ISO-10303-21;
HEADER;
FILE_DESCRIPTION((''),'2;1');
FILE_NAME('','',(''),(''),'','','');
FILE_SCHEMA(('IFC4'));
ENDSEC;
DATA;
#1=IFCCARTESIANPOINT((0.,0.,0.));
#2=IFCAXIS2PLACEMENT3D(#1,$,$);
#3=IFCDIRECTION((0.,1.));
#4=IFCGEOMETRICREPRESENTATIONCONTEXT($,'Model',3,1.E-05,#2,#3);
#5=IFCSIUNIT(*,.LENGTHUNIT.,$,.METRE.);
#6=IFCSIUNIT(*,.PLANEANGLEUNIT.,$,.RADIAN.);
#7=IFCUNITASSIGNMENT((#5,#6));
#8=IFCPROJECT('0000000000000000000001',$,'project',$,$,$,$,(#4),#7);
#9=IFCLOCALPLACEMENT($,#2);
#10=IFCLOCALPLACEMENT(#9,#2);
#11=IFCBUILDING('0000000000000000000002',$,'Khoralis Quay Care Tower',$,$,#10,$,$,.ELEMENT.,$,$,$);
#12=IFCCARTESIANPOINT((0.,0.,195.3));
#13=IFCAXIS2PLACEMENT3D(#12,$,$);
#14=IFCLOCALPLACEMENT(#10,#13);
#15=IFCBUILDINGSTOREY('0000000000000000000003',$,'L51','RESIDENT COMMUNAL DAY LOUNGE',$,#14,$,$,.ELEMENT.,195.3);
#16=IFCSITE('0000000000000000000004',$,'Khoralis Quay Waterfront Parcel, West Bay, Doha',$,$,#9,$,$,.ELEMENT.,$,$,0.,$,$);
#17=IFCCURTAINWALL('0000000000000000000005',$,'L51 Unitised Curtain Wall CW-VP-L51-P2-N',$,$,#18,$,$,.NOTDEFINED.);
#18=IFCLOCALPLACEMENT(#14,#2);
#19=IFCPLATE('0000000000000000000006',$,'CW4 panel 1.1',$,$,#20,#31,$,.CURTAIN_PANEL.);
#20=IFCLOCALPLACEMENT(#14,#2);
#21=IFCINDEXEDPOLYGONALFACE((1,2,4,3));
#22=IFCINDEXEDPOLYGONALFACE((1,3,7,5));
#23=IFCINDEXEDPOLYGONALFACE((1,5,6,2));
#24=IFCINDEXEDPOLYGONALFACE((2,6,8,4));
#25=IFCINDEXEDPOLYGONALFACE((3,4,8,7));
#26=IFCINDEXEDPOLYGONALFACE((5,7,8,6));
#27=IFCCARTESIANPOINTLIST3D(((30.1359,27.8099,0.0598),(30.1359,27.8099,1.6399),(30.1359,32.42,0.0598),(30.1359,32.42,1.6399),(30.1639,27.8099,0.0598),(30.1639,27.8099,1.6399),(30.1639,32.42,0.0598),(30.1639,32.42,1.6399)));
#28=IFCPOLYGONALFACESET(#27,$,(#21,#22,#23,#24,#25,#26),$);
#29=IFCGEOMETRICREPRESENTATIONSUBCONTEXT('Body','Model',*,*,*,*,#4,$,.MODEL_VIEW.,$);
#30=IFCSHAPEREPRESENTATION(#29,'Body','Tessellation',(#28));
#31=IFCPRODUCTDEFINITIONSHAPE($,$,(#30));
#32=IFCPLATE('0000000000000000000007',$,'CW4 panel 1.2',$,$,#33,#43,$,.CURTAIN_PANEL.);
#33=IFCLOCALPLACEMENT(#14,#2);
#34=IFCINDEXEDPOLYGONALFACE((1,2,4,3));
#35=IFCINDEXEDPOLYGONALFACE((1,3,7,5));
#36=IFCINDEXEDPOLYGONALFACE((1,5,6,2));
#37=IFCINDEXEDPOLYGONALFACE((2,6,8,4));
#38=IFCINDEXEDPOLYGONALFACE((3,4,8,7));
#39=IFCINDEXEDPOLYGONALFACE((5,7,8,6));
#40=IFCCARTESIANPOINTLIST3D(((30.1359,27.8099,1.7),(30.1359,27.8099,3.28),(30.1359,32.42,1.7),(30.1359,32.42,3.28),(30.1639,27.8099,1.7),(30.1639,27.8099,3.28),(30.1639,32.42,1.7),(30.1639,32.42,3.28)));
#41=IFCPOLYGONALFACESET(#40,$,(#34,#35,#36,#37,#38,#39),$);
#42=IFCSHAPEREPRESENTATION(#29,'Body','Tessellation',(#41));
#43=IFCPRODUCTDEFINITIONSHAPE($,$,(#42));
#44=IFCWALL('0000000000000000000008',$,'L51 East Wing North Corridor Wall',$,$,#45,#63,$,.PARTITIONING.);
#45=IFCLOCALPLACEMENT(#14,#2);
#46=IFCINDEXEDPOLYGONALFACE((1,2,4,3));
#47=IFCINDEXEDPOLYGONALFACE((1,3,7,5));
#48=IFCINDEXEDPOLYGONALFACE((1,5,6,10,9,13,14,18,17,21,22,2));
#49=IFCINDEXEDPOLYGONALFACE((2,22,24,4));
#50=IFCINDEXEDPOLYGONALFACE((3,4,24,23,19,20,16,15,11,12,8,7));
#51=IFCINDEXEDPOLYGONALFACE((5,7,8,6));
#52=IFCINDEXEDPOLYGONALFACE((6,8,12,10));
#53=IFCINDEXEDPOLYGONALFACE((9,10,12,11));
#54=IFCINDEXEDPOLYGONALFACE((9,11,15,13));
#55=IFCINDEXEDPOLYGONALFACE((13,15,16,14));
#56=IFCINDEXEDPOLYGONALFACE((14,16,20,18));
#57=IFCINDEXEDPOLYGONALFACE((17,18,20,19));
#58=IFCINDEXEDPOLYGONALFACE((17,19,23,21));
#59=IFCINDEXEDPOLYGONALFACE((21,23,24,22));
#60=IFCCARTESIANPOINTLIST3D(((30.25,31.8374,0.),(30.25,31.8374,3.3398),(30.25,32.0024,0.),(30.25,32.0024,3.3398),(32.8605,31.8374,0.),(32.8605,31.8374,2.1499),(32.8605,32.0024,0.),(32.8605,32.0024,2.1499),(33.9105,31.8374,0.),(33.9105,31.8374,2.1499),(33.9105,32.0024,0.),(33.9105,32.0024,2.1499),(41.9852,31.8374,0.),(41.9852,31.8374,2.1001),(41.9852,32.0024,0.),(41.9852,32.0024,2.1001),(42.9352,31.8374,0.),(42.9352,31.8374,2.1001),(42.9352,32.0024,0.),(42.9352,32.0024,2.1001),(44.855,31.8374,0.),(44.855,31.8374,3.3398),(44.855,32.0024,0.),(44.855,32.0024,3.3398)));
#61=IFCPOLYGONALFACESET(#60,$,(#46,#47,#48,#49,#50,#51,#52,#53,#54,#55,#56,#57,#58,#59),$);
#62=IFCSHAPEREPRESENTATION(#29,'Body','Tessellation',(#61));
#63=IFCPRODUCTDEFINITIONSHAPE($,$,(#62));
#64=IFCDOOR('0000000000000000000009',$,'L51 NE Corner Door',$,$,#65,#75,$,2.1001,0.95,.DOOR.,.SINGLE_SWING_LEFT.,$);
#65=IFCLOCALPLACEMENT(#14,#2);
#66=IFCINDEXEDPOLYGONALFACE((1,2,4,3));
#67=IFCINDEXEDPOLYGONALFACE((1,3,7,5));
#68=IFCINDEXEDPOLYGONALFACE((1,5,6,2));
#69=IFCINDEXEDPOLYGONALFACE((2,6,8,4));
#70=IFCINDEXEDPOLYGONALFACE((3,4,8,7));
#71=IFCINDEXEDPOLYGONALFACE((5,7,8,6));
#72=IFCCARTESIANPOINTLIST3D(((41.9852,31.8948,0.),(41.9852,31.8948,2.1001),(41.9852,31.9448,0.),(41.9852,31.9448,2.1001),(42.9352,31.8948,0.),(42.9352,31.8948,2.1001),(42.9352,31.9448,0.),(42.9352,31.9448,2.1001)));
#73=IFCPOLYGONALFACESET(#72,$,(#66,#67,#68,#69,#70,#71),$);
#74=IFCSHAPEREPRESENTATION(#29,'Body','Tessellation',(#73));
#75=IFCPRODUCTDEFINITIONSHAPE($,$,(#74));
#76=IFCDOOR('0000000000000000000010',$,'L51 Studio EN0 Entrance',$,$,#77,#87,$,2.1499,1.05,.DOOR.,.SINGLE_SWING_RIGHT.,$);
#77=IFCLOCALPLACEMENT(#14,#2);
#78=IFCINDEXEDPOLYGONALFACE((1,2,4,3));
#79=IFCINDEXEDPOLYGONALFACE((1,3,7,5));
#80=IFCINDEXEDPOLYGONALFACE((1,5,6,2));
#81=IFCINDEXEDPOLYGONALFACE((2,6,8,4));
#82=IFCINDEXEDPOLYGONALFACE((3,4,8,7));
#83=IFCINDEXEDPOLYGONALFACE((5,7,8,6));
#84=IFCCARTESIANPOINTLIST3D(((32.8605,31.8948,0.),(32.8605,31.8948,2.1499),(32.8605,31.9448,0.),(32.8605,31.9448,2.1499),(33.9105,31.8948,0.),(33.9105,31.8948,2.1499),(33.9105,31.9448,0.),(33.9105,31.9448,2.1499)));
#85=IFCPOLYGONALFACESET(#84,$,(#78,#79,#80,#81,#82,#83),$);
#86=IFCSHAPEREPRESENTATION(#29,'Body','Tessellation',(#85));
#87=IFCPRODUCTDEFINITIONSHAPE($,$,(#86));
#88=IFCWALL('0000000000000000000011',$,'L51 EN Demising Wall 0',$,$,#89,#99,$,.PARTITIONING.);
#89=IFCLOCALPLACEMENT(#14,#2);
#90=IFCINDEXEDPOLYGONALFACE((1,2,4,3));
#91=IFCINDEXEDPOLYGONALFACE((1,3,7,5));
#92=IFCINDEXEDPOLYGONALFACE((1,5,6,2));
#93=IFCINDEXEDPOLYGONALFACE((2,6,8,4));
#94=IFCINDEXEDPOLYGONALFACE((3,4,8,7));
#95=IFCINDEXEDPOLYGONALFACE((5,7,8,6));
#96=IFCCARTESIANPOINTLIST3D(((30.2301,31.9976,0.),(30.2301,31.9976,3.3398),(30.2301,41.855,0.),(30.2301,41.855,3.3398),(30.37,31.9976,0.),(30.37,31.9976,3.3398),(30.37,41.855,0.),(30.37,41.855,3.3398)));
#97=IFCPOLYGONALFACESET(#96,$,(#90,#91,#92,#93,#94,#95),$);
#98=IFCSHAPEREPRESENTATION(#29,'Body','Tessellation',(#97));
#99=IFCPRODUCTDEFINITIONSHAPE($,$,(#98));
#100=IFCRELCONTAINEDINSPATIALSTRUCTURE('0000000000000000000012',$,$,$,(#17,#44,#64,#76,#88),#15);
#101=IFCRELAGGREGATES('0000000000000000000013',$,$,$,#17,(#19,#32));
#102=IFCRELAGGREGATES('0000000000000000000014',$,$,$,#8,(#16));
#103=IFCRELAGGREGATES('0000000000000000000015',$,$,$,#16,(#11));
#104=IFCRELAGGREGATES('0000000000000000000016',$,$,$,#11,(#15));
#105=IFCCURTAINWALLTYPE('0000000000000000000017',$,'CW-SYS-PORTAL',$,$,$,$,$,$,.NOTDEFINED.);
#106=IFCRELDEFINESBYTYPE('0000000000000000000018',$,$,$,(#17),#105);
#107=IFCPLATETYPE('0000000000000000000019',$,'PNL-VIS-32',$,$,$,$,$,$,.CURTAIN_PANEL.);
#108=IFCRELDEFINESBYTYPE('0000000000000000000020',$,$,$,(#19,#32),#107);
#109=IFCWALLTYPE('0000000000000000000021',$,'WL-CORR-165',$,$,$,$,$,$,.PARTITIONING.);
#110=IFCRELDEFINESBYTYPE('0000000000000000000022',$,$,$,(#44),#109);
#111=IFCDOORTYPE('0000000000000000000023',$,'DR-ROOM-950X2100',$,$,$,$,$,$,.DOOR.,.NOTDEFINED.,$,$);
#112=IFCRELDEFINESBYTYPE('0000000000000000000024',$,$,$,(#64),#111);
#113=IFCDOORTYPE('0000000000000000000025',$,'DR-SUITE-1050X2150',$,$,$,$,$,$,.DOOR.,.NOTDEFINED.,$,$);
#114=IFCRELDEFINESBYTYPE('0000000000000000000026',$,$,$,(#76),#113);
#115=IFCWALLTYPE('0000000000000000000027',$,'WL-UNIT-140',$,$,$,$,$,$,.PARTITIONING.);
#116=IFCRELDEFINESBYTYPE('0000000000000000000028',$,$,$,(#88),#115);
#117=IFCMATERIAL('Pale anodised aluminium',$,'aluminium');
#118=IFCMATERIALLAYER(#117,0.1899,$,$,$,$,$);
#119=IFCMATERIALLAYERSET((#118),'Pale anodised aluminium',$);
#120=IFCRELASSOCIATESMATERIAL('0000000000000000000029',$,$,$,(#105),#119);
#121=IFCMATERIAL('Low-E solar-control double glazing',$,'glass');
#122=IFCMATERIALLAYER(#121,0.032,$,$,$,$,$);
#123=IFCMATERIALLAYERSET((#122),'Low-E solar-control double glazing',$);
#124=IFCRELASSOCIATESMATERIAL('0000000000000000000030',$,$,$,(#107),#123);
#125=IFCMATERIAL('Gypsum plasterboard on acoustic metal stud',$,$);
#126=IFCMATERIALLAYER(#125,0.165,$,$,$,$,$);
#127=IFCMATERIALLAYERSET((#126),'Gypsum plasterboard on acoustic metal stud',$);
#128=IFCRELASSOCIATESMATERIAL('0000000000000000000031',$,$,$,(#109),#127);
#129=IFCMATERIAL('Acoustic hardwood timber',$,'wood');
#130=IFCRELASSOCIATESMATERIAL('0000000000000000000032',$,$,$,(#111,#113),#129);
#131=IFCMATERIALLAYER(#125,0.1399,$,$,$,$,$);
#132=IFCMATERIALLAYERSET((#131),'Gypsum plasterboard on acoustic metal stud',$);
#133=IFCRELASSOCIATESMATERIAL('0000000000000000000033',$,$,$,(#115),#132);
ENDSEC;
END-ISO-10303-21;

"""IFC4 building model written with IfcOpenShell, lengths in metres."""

from ifc_helpers import new_model, si_unit, direction, frame, frame_2d, origin, origin_2d, place, context, subcontext, project, spatial, rectangle, extrude, source, transform, mapped, material, layer, layer_set, type_object, element, fill, aggregate, save


model = new_model("IFC4")

# Units and contexts
model_context = context("Model", 3, precision=1e-05, world=origin(), true_north=direction((0.0, 1.0)))
body_context = subcontext(model_context, "Body", "Model", "MODEL_VIEW")
ifc_project = project(units=[si_unit("LENGTHUNIT", "METRE"), si_unit("PLANEANGLEUNIT", "RADIAN")], contexts=[model_context])

# Site, building, storey
site_placement = place(None, origin())
site = spatial("IfcSite", under=ifc_project, at=site_placement, Name="Khoralis Quay Waterfront Parcel, West Bay, Doha", CompositionType="ELEMENT", RefElevation=0.0)
building_placement = place(site_placement, origin())
building = spatial("IfcBuilding", under=site, at=building_placement, Name="Khoralis Quay Care Tower", CompositionType="ELEMENT")
storey_placement = place(building_placement, frame((0.0, 0.0, 195.3)))
storey = spatial("IfcBuildingStorey", under=building, at=storey_placement, Name="L51", Description="RESIDENT COMMUNAL DAY LOUNGE", CompositionType="ELEMENT", Elevation=195.3)

# Shared definitions
ifc_material_1 = material(Name="Pale anodised aluminium", Category="aluminium")
ifc_layer_1 = layer(ifc_material_1, 0.1899)
ifc_layer_set_1 = layer_set([ifc_layer_1], Name="Pale anodised aluminium")
curtain_wall_type = type_object("IfcCurtainWallType", Name="CW-SYS-PORTAL", PredefinedType="NOTDEFINED", material=ifc_layer_set_1)

# Curtain wall
curtain_wall_1_placement = place(storey_placement, origin())
curtain_wall_1 = element("IfcCurtainWall", 1, at=curtain_wall_1_placement, inside=storey, type_object=curtain_wall_type, Name="L51 Unitised Curtain Wall CW-VP-L51-P2-N", PredefinedType="NOTDEFINED")

# Plates
ifc_material_2 = material(Name="Low-E solar-control double glazing", Category="glass")
ifc_layer_2 = layer(ifc_material_2, 0.032)
ifc_layer_set_2 = layer_set([ifc_layer_2], Name="Low-E solar-control double glazing")
plate_type = type_object("IfcPlateType", Name="PNL-VIS-32", PredefinedType="CURTAIN_PANEL", material=ifc_layer_set_2)
shared_shape_1 = source(origin(), body_context, "Body", "SweptSolid", [
    extrude(rectangle(XDim=4.6101, YDim=0.0281, at=origin_2d()), origin(), (0.0, 0.0, 1.0), 1.5801),
])
plate_1_placement = place(storey_placement, frame((30.1499, 30.115, 0.0598), z_axis=(0.0, 0.0, 1.0), x_axis=(0.0, 1.0, 0.0)))
plate_1 = element("IfcPlate", 2, at=plate_1_placement, type_object=plate_type, Name="CW4 panel 1.1", PredefinedType="CURTAIN_PANEL", context=body_context, shape_type="MappedRepresentation", body=[
    mapped(shared_shape_1, transform((0.0, 0.0, 0.0), scale=1.0)),
])
plate_2_placement = place(storey_placement, frame((30.1499, 30.115, 1.7), z_axis=(0.0, 0.0, 1.0), x_axis=(0.0, 1.0, 0.0)))
plate_2 = element("IfcPlate", 3, at=plate_2_placement, type_object=plate_type, Name="CW4 panel 1.2", PredefinedType="CURTAIN_PANEL", context=body_context, shape_type="MappedRepresentation", body=[
    mapped(shared_shape_1, transform((0.0, 0.0, 0.0), scale=1.0)),
])
aggregate(curtain_wall_1, [plate_1, plate_2])

# Wall, openings, doors
ifc_material_3 = material(Name="Gypsum plasterboard on acoustic metal stud")
ifc_layer_3 = layer(ifc_material_3, 0.165)
ifc_layer_set_3 = layer_set([ifc_layer_3], Name="Gypsum plasterboard on acoustic metal stud")
wall_type_1 = type_object("IfcWallType", Name="WL-CORR-165", PredefinedType="PARTITIONING", material=ifc_layer_set_3)
wall_1_placement = place(storey_placement, frame((30.25, 31.9199, 0.0), z_axis=(0.0, 0.0, 1.0), x_axis=(1.0, 0.0, 0.0)))
wall_1 = element("IfcWall", 4, at=wall_1_placement, inside=storey, type_object=wall_type_1, Name="L51 East Wing North Corridor Wall", PredefinedType="PARTITIONING", context=body_context, shape_type="SweptSolid", body=[
    extrude(rectangle(XDim=14.605, YDim=0.165, at=frame_2d((7.3025, 0.0))), origin(), (0.0, 0.0, 1.0), 3.3398),
])
opening_1_placement = place(wall_1_placement, frame((2.6106, 0.0, 0.0)))
opening_1 = element("IfcOpeningElement", 5, at=opening_1_placement, cuts=wall_1, PredefinedType="OPENING", context=body_context, shape_type="SweptSolid", body=[
    extrude(rectangle(XDim=1.05, YDim=2.1499, at=frame_2d((0.5249, 1.075))), frame((0.0, 0.0925, 0.0), z_axis=(0.0, -1.0, 0.0), x_axis=(1.0, 0.0, 0.0)), (0.0, 0.0, 1.0), 0.1851),
])
opening_2_placement = place(wall_1_placement, frame((11.7351, 0.0, 0.0)))
opening_2 = element("IfcOpeningElement", 6, at=opening_2_placement, cuts=wall_1, PredefinedType="OPENING", context=body_context, shape_type="SweptSolid", body=[
    extrude(rectangle(XDim=0.95, YDim=2.1001, at=frame_2d((0.4751, 1.05))), frame((0.0, 0.0925, 0.0), z_axis=(0.0, -1.0, 0.0), x_axis=(1.0, 0.0, 0.0)), (0.0, 0.0, 1.0), 0.1851),
])
ifc_material_4 = material(Name="Acoustic hardwood timber", Category="wood")
door_type_1 = type_object("IfcDoorType", Name="DR-ROOM-950X2100", OperationType="NOTDEFINED", PredefinedType="DOOR", material=ifc_material_4)
shared_shape_2 = source(origin(), body_context, "Body", "SweptSolid", [
    extrude(rectangle(XDim=0.95, YDim=2.1001, at=frame_2d((0.4751, 1.05))), frame((0.0, 0.0249, 0.0), z_axis=(0.0, -1.0, 0.0), x_axis=(1.0, 0.0, 0.0)), (0.0, 0.0, 1.0), 0.05),
])
door_1_placement = place(opening_2_placement, origin())
door_1 = element("IfcDoor", 7, at=door_1_placement, inside=storey, type_object=door_type_1, Name="L51 NE Corner Door", OperationType="SINGLE_SWING_LEFT", OverallHeight=2.1001, OverallWidth=0.95, PredefinedType="DOOR", context=body_context, shape_type="MappedRepresentation", body=[
    mapped(shared_shape_2, transform((0.0, 0.0, 0.0), scale=1.0)),
])
fill(opening_2, door_1)
door_type_2 = type_object("IfcDoorType", Name="DR-SUITE-1050X2150", OperationType="NOTDEFINED", PredefinedType="DOOR", material=ifc_material_4)
shared_shape_3 = source(origin(), body_context, "Body", "SweptSolid", [
    extrude(rectangle(XDim=1.05, YDim=2.1499, at=frame_2d((0.5249, 1.075))), frame((0.0, 0.0249, 0.0), z_axis=(0.0, -1.0, 0.0), x_axis=(1.0, 0.0, 0.0)), (0.0, 0.0, 1.0), 0.05),
])
door_2_placement = place(opening_1_placement, origin())
door_2 = element("IfcDoor", 8, at=door_2_placement, inside=storey, type_object=door_type_2, Name="L51 Studio EN0 Entrance", OperationType="SINGLE_SWING_RIGHT", OverallHeight=2.1499, OverallWidth=1.05, PredefinedType="DOOR", context=body_context, shape_type="MappedRepresentation", body=[
    mapped(shared_shape_3, transform((0.0, 0.0, 0.0), scale=1.0)),
])
fill(opening_1, door_2)

# Wall
ifc_layer_4 = layer(ifc_material_3, 0.1399)
ifc_layer_set_4 = layer_set([ifc_layer_4], Name="Gypsum plasterboard on acoustic metal stud")
wall_type_2 = type_object("IfcWallType", Name="WL-UNIT-140", PredefinedType="PARTITIONING", material=ifc_layer_set_4)
wall_2_placement = place(storey_placement, frame((30.3, 31.9976, 0.0), z_axis=(0.0, 0.0, 1.0), x_axis=(0.0, 1.0, 0.0)))
element("IfcWall", 9, at=wall_2_placement, inside=storey, type_object=wall_type_2, Name="L51 EN Demising Wall 0", PredefinedType="PARTITIONING", context=body_context, shape_type="SweptSolid", body=[
    extrude(rectangle(XDim=9.8574, YDim=0.1399, at=frame_2d((4.9287, 0.0))), origin(), (0.0, 0.0, 1.0), 3.3398),
])

save(model, "model.ifc")
